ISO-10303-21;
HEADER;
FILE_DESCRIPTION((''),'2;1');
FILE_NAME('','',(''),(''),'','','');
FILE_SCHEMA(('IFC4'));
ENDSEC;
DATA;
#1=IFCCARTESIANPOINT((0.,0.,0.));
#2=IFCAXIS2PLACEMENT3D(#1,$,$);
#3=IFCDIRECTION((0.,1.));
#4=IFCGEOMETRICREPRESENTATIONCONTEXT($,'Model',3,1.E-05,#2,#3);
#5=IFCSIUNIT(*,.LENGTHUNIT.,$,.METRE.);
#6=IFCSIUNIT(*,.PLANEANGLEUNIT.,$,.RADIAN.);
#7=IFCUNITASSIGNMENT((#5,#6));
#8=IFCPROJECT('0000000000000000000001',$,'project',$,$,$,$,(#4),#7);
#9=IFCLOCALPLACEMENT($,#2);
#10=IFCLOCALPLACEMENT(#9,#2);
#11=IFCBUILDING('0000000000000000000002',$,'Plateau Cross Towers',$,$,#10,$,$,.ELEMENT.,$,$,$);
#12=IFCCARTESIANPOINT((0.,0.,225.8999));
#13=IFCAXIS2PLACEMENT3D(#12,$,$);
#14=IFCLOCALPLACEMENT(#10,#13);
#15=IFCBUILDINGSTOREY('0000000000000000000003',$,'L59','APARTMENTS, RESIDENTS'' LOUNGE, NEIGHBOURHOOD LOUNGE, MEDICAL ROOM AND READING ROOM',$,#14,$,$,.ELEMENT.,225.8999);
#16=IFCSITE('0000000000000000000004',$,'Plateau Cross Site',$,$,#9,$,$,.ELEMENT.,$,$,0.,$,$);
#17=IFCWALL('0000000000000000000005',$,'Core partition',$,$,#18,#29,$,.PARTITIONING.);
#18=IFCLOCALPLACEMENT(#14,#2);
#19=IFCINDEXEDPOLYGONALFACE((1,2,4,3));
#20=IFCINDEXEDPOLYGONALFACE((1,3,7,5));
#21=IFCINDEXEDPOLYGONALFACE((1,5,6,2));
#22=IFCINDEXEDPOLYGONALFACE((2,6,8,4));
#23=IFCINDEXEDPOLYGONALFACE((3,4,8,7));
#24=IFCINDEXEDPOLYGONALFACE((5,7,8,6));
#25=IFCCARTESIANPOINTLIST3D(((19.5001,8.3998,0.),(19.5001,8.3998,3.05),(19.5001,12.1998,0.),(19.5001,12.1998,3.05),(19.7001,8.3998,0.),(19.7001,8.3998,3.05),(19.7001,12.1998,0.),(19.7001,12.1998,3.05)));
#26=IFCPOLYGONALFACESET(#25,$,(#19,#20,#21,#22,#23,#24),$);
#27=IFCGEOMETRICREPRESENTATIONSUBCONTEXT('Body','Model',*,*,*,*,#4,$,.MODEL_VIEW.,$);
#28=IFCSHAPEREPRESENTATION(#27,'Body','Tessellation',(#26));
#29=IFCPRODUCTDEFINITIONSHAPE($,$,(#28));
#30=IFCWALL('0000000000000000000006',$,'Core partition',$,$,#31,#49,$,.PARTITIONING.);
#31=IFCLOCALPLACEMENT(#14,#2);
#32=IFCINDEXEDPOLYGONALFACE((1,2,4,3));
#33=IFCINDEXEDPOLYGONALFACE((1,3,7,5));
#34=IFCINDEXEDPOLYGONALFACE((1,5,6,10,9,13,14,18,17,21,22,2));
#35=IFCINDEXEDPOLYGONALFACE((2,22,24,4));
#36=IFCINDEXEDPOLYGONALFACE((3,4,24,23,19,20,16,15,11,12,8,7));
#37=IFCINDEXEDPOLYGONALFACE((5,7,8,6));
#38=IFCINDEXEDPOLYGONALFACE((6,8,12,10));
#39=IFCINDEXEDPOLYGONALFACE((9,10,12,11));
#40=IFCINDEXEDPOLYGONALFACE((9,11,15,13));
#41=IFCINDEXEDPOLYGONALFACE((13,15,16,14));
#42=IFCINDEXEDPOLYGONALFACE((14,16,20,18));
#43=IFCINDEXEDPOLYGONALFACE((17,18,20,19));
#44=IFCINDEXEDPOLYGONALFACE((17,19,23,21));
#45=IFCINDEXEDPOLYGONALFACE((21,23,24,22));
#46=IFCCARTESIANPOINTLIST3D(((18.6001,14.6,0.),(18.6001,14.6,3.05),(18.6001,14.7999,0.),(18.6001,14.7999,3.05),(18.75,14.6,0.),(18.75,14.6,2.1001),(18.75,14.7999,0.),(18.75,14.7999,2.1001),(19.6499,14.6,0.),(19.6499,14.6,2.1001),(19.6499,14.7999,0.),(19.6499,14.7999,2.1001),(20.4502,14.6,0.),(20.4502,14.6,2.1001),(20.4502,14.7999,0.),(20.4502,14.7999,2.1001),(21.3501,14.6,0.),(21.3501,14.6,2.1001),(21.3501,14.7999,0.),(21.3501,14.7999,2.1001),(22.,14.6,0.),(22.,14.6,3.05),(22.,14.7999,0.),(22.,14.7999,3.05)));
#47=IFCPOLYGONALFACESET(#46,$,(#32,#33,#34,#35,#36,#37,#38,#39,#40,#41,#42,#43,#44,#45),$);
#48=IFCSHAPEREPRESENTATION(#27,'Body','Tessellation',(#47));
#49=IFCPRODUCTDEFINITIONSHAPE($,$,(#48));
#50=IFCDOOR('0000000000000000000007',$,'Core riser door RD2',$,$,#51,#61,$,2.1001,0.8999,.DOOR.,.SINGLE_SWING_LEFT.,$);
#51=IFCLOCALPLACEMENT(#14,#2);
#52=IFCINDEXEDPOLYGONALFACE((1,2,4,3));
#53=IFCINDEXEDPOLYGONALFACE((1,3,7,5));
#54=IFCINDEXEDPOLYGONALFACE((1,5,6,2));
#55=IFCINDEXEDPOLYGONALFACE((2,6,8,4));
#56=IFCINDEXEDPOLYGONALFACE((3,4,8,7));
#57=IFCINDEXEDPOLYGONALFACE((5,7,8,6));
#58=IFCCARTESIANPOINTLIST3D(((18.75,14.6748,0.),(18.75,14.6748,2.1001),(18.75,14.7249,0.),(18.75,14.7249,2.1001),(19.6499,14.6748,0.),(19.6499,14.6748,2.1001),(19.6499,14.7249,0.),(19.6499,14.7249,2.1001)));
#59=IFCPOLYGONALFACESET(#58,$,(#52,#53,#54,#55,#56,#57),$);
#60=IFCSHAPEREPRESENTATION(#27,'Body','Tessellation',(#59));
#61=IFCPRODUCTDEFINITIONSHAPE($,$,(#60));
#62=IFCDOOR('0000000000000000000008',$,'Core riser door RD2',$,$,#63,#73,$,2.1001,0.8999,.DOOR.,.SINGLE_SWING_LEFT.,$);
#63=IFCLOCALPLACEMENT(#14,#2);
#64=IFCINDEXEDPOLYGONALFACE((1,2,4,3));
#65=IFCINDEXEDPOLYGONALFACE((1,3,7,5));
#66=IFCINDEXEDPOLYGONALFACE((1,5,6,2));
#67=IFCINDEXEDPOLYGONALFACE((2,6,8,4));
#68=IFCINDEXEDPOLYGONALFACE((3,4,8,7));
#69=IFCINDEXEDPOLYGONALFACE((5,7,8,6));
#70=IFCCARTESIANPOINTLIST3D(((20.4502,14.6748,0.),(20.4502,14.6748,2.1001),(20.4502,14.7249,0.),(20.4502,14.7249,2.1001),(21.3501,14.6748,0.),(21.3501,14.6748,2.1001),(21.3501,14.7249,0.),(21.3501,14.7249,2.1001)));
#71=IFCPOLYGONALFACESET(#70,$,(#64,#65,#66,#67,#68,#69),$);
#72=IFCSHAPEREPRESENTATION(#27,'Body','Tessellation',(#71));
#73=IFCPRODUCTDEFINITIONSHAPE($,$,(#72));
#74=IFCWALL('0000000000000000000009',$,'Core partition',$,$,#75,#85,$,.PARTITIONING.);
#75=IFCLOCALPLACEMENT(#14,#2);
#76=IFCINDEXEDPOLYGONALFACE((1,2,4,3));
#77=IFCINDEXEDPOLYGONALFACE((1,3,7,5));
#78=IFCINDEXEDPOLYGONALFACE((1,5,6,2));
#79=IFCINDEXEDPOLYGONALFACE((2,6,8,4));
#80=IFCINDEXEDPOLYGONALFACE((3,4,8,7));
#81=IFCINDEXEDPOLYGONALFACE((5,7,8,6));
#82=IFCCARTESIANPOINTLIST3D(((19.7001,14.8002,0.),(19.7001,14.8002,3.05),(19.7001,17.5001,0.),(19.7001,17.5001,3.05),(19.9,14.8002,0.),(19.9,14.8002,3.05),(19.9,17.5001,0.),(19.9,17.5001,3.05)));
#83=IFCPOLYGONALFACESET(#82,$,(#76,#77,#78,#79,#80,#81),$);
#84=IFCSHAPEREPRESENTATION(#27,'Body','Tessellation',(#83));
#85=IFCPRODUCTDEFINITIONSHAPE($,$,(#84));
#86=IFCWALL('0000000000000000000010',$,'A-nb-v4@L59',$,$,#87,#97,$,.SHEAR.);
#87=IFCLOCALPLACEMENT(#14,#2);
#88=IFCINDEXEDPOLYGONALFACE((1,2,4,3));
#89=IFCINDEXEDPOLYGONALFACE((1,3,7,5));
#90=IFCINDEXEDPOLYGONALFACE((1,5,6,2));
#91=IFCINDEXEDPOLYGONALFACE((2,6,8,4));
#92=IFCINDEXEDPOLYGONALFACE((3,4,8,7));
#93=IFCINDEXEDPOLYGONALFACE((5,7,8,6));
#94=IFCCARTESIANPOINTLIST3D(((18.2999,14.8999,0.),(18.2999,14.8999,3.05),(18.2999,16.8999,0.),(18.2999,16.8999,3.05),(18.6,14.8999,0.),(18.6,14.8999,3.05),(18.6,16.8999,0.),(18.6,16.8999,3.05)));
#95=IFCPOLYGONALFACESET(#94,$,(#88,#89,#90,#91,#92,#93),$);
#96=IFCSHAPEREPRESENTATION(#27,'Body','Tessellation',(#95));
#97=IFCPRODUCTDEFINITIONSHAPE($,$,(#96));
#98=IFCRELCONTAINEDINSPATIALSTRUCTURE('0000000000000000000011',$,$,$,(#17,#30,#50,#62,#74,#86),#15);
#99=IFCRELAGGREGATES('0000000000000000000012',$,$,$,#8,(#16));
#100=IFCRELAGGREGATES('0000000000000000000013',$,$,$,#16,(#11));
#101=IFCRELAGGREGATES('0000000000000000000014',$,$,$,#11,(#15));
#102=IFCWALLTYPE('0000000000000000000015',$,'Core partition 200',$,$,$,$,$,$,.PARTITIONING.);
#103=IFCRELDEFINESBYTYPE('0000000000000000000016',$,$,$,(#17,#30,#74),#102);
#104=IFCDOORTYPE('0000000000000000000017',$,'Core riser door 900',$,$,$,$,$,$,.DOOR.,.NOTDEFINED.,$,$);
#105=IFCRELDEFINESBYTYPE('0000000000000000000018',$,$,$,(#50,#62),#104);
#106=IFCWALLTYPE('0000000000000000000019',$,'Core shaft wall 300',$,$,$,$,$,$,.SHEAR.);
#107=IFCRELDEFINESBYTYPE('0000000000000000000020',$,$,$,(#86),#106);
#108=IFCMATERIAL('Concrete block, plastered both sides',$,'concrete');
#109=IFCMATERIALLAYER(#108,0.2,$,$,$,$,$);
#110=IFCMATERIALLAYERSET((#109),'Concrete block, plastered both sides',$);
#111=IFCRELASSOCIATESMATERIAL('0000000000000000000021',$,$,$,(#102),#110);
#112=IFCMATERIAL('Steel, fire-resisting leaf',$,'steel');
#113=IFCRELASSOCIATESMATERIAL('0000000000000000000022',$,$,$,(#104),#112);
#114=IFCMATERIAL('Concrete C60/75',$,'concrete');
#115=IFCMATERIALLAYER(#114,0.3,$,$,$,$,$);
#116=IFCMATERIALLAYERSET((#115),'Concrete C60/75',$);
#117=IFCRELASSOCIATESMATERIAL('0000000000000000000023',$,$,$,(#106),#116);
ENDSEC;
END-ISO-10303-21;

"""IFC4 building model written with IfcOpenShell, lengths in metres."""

from ifc_helpers import new_model, si_unit, direction, frame, frame_2d, origin, place, context, subcontext, project, spatial, rectangle, extrude, material, layer, layer_set, type_object, element, fill, save


model = new_model("IFC4")

# Units and contexts
model_context = context("Model", 3, precision=1e-05, world=origin(), true_north=direction((0.0, 1.0)))
body_context = subcontext(model_context, "Body", "Model", "MODEL_VIEW")
ifc_project = project(units=[si_unit("LENGTHUNIT", "METRE"), si_unit("PLANEANGLEUNIT", "RADIAN")], contexts=[model_context])

# Site, building, storey
site_placement = place(None, origin())
site = spatial("IfcSite", under=ifc_project, at=site_placement, Name="Plateau Cross Site", CompositionType="ELEMENT", RefElevation=0.0)
building_placement = place(site_placement, origin())
building = spatial("IfcBuilding", under=site, at=building_placement, Name="Plateau Cross Towers", CompositionType="ELEMENT")
storey_placement = place(building_placement, frame((0.0, 0.0, 225.8999)))
storey = spatial("IfcBuildingStorey", under=building, at=storey_placement, Name="L59", Description="APARTMENTS, RESIDENTS' LOUNGE, NEIGHBOURHOOD LOUNGE, MEDICAL ROOM AND READING ROOM", CompositionType="ELEMENT", Elevation=225.8999)

# Wall
ifc_material_1 = material(Name="Concrete block, plastered both sides", Category="concrete")
ifc_layer_1 = layer(ifc_material_1, 0.2)
ifc_layer_set_1 = layer_set([ifc_layer_1], Name="Concrete block, plastered both sides")
wall_type_1 = type_object("IfcWallType", Name="Core partition 200", PredefinedType="PARTITIONING", material=ifc_layer_set_1)
wall_1_placement = place(storey_placement, frame((19.6001, 8.3999, 0.0), z_axis=(0.0, 0.0, 1.0), x_axis=(0.0, 1.0, 0.0)))
element("IfcWall", 1, at=wall_1_placement, inside=storey, type_object=wall_type_1, Name="Core partition", PredefinedType="PARTITIONING", context=body_context, shape_type="SweptSolid", body=[
    extrude(rectangle(XDim=3.8, YDim=0.2, at=frame_2d((1.8999, 0.0))), origin(), (0.0, 0.0, 1.0), 3.05),
])

# Wall, openings, doors
wall_2_placement = place(storey_placement, frame((18.6001, 14.7, 0.0), z_axis=(0.0, 0.0, 1.0), x_axis=(1.0, 0.0, 0.0)))
wall_2 = element("IfcWall", 2, at=wall_2_placement, inside=storey, type_object=wall_type_1, Name="Core partition", PredefinedType="PARTITIONING", context=body_context, shape_type="SweptSolid", body=[
    extrude(rectangle(XDim=3.3999, YDim=0.2, at=frame_2d((1.7, 0.0))), origin(), (0.0, 0.0, 1.0), 3.05),
])
opening_1_placement = place(wall_2_placement, frame((0.1499, 0.0, 0.0)))
opening_1 = element("IfcOpeningElement", 3, at=opening_1_placement, cuts=wall_2, PredefinedType="OPENING", context=body_context, shape_type="SweptSolid", body=[
    extrude(rectangle(XDim=0.8999, YDim=2.1001, at=frame_2d((0.45, 1.05))), frame((0.0, 0.1099, 0.0), z_axis=(0.0, -1.0, 0.0), x_axis=(1.0, 0.0, 0.0)), (0.0, 0.0, 1.0), 0.22),
])
opening_2_placement = place(wall_2_placement, frame((1.8501, 0.0, 0.0)))
opening_2 = element("IfcOpeningElement", 4, at=opening_2_placement, cuts=wall_2, PredefinedType="OPENING", context=body_context, shape_type="SweptSolid", body=[
    extrude(rectangle(XDim=0.8999, YDim=2.1001, at=frame_2d((0.45, 1.05))), frame((0.0, 0.1099, 0.0), z_axis=(0.0, -1.0, 0.0), x_axis=(1.0, 0.0, 0.0)), (0.0, 0.0, 1.0), 0.22),
])
ifc_material_2 = material(Name="Steel, fire-resisting leaf", Category="steel")
door_type_1 = type_object("IfcDoorType", Name="Core riser door 900", OperationType="NOTDEFINED", PredefinedType="DOOR", material=ifc_material_2)
door_1_placement = place(opening_1_placement, origin())
door_1 = element("IfcDoor", 5, at=door_1_placement, inside=storey, type_object=door_type_1, Name="Core riser door RD2", OperationType="SINGLE_SWING_LEFT", OverallHeight=2.1001, OverallWidth=0.8999, PredefinedType="DOOR", context=body_context, shape_type="SweptSolid", body=[
    extrude(rectangle(XDim=0.8999, YDim=2.1001, at=frame_2d((0.45, 1.05))), frame((0.0, 0.0249, 0.0), z_axis=(0.0, -1.0, 0.0), x_axis=(1.0, 0.0, 0.0)), (0.0, 0.0, 1.0), 0.05),
])
fill(opening_1, door_1)
door_2_placement = place(opening_2_placement, origin())
door_2 = element("IfcDoor", 6, at=door_2_placement, inside=storey, type_object=door_type_1, Name="Core riser door RD2", OperationType="SINGLE_SWING_LEFT", OverallHeight=2.1001, OverallWidth=0.8999, PredefinedType="DOOR", context=body_context, shape_type="SweptSolid", body=[
    extrude(rectangle(XDim=0.8999, YDim=2.1001, at=frame_2d((0.45, 1.05))), frame((0.0, 0.0249, 0.0), z_axis=(0.0, -1.0, 0.0), x_axis=(1.0, 0.0, 0.0)), (0.0, 0.0, 1.0), 0.05),
])
fill(opening_2, door_2)

# Walls
wall_3_placement = place(storey_placement, frame((19.8, 14.8, 0.0), z_axis=(0.0, 0.0, 1.0), x_axis=(0.0, 1.0, 0.0)))
element("IfcWall", 7, at=wall_3_placement, inside=storey, type_object=wall_type_1, Name="Core partition", PredefinedType="PARTITIONING", context=body_context, shape_type="SweptSolid", body=[
    extrude(rectangle(XDim=2.7, YDim=0.2, at=frame_2d((1.3501, 0.0))), origin(), (0.0, 0.0, 1.0), 3.05),
])
ifc_material_3 = material(Name="Concrete C60/75", Category="concrete")
ifc_layer_2 = layer(ifc_material_3, 0.3)
ifc_layer_set_2 = layer_set([ifc_layer_2], Name="Concrete C60/75")
wall_type_2 = type_object("IfcWallType", Name="Core shaft wall 300", PredefinedType="SHEAR", material=ifc_layer_set_2)
wall_4_placement = place(storey_placement, frame((18.45, 14.8999, 0.0), z_axis=(0.0, 0.0, 1.0), x_axis=(0.0, 1.0, 0.0)))
element("IfcWall", 8, at=wall_4_placement, inside=storey, type_object=wall_type_2, Name="A-nb-v4@L59", PredefinedType="SHEAR", context=body_context, shape_type="SweptSolid", body=[
    extrude(rectangle(XDim=2.0, YDim=0.3, at=frame_2d((1.0, 0.0))), origin(), (0.0, 0.0, 1.0), 3.05),
])

save(model, "model.ifc")
